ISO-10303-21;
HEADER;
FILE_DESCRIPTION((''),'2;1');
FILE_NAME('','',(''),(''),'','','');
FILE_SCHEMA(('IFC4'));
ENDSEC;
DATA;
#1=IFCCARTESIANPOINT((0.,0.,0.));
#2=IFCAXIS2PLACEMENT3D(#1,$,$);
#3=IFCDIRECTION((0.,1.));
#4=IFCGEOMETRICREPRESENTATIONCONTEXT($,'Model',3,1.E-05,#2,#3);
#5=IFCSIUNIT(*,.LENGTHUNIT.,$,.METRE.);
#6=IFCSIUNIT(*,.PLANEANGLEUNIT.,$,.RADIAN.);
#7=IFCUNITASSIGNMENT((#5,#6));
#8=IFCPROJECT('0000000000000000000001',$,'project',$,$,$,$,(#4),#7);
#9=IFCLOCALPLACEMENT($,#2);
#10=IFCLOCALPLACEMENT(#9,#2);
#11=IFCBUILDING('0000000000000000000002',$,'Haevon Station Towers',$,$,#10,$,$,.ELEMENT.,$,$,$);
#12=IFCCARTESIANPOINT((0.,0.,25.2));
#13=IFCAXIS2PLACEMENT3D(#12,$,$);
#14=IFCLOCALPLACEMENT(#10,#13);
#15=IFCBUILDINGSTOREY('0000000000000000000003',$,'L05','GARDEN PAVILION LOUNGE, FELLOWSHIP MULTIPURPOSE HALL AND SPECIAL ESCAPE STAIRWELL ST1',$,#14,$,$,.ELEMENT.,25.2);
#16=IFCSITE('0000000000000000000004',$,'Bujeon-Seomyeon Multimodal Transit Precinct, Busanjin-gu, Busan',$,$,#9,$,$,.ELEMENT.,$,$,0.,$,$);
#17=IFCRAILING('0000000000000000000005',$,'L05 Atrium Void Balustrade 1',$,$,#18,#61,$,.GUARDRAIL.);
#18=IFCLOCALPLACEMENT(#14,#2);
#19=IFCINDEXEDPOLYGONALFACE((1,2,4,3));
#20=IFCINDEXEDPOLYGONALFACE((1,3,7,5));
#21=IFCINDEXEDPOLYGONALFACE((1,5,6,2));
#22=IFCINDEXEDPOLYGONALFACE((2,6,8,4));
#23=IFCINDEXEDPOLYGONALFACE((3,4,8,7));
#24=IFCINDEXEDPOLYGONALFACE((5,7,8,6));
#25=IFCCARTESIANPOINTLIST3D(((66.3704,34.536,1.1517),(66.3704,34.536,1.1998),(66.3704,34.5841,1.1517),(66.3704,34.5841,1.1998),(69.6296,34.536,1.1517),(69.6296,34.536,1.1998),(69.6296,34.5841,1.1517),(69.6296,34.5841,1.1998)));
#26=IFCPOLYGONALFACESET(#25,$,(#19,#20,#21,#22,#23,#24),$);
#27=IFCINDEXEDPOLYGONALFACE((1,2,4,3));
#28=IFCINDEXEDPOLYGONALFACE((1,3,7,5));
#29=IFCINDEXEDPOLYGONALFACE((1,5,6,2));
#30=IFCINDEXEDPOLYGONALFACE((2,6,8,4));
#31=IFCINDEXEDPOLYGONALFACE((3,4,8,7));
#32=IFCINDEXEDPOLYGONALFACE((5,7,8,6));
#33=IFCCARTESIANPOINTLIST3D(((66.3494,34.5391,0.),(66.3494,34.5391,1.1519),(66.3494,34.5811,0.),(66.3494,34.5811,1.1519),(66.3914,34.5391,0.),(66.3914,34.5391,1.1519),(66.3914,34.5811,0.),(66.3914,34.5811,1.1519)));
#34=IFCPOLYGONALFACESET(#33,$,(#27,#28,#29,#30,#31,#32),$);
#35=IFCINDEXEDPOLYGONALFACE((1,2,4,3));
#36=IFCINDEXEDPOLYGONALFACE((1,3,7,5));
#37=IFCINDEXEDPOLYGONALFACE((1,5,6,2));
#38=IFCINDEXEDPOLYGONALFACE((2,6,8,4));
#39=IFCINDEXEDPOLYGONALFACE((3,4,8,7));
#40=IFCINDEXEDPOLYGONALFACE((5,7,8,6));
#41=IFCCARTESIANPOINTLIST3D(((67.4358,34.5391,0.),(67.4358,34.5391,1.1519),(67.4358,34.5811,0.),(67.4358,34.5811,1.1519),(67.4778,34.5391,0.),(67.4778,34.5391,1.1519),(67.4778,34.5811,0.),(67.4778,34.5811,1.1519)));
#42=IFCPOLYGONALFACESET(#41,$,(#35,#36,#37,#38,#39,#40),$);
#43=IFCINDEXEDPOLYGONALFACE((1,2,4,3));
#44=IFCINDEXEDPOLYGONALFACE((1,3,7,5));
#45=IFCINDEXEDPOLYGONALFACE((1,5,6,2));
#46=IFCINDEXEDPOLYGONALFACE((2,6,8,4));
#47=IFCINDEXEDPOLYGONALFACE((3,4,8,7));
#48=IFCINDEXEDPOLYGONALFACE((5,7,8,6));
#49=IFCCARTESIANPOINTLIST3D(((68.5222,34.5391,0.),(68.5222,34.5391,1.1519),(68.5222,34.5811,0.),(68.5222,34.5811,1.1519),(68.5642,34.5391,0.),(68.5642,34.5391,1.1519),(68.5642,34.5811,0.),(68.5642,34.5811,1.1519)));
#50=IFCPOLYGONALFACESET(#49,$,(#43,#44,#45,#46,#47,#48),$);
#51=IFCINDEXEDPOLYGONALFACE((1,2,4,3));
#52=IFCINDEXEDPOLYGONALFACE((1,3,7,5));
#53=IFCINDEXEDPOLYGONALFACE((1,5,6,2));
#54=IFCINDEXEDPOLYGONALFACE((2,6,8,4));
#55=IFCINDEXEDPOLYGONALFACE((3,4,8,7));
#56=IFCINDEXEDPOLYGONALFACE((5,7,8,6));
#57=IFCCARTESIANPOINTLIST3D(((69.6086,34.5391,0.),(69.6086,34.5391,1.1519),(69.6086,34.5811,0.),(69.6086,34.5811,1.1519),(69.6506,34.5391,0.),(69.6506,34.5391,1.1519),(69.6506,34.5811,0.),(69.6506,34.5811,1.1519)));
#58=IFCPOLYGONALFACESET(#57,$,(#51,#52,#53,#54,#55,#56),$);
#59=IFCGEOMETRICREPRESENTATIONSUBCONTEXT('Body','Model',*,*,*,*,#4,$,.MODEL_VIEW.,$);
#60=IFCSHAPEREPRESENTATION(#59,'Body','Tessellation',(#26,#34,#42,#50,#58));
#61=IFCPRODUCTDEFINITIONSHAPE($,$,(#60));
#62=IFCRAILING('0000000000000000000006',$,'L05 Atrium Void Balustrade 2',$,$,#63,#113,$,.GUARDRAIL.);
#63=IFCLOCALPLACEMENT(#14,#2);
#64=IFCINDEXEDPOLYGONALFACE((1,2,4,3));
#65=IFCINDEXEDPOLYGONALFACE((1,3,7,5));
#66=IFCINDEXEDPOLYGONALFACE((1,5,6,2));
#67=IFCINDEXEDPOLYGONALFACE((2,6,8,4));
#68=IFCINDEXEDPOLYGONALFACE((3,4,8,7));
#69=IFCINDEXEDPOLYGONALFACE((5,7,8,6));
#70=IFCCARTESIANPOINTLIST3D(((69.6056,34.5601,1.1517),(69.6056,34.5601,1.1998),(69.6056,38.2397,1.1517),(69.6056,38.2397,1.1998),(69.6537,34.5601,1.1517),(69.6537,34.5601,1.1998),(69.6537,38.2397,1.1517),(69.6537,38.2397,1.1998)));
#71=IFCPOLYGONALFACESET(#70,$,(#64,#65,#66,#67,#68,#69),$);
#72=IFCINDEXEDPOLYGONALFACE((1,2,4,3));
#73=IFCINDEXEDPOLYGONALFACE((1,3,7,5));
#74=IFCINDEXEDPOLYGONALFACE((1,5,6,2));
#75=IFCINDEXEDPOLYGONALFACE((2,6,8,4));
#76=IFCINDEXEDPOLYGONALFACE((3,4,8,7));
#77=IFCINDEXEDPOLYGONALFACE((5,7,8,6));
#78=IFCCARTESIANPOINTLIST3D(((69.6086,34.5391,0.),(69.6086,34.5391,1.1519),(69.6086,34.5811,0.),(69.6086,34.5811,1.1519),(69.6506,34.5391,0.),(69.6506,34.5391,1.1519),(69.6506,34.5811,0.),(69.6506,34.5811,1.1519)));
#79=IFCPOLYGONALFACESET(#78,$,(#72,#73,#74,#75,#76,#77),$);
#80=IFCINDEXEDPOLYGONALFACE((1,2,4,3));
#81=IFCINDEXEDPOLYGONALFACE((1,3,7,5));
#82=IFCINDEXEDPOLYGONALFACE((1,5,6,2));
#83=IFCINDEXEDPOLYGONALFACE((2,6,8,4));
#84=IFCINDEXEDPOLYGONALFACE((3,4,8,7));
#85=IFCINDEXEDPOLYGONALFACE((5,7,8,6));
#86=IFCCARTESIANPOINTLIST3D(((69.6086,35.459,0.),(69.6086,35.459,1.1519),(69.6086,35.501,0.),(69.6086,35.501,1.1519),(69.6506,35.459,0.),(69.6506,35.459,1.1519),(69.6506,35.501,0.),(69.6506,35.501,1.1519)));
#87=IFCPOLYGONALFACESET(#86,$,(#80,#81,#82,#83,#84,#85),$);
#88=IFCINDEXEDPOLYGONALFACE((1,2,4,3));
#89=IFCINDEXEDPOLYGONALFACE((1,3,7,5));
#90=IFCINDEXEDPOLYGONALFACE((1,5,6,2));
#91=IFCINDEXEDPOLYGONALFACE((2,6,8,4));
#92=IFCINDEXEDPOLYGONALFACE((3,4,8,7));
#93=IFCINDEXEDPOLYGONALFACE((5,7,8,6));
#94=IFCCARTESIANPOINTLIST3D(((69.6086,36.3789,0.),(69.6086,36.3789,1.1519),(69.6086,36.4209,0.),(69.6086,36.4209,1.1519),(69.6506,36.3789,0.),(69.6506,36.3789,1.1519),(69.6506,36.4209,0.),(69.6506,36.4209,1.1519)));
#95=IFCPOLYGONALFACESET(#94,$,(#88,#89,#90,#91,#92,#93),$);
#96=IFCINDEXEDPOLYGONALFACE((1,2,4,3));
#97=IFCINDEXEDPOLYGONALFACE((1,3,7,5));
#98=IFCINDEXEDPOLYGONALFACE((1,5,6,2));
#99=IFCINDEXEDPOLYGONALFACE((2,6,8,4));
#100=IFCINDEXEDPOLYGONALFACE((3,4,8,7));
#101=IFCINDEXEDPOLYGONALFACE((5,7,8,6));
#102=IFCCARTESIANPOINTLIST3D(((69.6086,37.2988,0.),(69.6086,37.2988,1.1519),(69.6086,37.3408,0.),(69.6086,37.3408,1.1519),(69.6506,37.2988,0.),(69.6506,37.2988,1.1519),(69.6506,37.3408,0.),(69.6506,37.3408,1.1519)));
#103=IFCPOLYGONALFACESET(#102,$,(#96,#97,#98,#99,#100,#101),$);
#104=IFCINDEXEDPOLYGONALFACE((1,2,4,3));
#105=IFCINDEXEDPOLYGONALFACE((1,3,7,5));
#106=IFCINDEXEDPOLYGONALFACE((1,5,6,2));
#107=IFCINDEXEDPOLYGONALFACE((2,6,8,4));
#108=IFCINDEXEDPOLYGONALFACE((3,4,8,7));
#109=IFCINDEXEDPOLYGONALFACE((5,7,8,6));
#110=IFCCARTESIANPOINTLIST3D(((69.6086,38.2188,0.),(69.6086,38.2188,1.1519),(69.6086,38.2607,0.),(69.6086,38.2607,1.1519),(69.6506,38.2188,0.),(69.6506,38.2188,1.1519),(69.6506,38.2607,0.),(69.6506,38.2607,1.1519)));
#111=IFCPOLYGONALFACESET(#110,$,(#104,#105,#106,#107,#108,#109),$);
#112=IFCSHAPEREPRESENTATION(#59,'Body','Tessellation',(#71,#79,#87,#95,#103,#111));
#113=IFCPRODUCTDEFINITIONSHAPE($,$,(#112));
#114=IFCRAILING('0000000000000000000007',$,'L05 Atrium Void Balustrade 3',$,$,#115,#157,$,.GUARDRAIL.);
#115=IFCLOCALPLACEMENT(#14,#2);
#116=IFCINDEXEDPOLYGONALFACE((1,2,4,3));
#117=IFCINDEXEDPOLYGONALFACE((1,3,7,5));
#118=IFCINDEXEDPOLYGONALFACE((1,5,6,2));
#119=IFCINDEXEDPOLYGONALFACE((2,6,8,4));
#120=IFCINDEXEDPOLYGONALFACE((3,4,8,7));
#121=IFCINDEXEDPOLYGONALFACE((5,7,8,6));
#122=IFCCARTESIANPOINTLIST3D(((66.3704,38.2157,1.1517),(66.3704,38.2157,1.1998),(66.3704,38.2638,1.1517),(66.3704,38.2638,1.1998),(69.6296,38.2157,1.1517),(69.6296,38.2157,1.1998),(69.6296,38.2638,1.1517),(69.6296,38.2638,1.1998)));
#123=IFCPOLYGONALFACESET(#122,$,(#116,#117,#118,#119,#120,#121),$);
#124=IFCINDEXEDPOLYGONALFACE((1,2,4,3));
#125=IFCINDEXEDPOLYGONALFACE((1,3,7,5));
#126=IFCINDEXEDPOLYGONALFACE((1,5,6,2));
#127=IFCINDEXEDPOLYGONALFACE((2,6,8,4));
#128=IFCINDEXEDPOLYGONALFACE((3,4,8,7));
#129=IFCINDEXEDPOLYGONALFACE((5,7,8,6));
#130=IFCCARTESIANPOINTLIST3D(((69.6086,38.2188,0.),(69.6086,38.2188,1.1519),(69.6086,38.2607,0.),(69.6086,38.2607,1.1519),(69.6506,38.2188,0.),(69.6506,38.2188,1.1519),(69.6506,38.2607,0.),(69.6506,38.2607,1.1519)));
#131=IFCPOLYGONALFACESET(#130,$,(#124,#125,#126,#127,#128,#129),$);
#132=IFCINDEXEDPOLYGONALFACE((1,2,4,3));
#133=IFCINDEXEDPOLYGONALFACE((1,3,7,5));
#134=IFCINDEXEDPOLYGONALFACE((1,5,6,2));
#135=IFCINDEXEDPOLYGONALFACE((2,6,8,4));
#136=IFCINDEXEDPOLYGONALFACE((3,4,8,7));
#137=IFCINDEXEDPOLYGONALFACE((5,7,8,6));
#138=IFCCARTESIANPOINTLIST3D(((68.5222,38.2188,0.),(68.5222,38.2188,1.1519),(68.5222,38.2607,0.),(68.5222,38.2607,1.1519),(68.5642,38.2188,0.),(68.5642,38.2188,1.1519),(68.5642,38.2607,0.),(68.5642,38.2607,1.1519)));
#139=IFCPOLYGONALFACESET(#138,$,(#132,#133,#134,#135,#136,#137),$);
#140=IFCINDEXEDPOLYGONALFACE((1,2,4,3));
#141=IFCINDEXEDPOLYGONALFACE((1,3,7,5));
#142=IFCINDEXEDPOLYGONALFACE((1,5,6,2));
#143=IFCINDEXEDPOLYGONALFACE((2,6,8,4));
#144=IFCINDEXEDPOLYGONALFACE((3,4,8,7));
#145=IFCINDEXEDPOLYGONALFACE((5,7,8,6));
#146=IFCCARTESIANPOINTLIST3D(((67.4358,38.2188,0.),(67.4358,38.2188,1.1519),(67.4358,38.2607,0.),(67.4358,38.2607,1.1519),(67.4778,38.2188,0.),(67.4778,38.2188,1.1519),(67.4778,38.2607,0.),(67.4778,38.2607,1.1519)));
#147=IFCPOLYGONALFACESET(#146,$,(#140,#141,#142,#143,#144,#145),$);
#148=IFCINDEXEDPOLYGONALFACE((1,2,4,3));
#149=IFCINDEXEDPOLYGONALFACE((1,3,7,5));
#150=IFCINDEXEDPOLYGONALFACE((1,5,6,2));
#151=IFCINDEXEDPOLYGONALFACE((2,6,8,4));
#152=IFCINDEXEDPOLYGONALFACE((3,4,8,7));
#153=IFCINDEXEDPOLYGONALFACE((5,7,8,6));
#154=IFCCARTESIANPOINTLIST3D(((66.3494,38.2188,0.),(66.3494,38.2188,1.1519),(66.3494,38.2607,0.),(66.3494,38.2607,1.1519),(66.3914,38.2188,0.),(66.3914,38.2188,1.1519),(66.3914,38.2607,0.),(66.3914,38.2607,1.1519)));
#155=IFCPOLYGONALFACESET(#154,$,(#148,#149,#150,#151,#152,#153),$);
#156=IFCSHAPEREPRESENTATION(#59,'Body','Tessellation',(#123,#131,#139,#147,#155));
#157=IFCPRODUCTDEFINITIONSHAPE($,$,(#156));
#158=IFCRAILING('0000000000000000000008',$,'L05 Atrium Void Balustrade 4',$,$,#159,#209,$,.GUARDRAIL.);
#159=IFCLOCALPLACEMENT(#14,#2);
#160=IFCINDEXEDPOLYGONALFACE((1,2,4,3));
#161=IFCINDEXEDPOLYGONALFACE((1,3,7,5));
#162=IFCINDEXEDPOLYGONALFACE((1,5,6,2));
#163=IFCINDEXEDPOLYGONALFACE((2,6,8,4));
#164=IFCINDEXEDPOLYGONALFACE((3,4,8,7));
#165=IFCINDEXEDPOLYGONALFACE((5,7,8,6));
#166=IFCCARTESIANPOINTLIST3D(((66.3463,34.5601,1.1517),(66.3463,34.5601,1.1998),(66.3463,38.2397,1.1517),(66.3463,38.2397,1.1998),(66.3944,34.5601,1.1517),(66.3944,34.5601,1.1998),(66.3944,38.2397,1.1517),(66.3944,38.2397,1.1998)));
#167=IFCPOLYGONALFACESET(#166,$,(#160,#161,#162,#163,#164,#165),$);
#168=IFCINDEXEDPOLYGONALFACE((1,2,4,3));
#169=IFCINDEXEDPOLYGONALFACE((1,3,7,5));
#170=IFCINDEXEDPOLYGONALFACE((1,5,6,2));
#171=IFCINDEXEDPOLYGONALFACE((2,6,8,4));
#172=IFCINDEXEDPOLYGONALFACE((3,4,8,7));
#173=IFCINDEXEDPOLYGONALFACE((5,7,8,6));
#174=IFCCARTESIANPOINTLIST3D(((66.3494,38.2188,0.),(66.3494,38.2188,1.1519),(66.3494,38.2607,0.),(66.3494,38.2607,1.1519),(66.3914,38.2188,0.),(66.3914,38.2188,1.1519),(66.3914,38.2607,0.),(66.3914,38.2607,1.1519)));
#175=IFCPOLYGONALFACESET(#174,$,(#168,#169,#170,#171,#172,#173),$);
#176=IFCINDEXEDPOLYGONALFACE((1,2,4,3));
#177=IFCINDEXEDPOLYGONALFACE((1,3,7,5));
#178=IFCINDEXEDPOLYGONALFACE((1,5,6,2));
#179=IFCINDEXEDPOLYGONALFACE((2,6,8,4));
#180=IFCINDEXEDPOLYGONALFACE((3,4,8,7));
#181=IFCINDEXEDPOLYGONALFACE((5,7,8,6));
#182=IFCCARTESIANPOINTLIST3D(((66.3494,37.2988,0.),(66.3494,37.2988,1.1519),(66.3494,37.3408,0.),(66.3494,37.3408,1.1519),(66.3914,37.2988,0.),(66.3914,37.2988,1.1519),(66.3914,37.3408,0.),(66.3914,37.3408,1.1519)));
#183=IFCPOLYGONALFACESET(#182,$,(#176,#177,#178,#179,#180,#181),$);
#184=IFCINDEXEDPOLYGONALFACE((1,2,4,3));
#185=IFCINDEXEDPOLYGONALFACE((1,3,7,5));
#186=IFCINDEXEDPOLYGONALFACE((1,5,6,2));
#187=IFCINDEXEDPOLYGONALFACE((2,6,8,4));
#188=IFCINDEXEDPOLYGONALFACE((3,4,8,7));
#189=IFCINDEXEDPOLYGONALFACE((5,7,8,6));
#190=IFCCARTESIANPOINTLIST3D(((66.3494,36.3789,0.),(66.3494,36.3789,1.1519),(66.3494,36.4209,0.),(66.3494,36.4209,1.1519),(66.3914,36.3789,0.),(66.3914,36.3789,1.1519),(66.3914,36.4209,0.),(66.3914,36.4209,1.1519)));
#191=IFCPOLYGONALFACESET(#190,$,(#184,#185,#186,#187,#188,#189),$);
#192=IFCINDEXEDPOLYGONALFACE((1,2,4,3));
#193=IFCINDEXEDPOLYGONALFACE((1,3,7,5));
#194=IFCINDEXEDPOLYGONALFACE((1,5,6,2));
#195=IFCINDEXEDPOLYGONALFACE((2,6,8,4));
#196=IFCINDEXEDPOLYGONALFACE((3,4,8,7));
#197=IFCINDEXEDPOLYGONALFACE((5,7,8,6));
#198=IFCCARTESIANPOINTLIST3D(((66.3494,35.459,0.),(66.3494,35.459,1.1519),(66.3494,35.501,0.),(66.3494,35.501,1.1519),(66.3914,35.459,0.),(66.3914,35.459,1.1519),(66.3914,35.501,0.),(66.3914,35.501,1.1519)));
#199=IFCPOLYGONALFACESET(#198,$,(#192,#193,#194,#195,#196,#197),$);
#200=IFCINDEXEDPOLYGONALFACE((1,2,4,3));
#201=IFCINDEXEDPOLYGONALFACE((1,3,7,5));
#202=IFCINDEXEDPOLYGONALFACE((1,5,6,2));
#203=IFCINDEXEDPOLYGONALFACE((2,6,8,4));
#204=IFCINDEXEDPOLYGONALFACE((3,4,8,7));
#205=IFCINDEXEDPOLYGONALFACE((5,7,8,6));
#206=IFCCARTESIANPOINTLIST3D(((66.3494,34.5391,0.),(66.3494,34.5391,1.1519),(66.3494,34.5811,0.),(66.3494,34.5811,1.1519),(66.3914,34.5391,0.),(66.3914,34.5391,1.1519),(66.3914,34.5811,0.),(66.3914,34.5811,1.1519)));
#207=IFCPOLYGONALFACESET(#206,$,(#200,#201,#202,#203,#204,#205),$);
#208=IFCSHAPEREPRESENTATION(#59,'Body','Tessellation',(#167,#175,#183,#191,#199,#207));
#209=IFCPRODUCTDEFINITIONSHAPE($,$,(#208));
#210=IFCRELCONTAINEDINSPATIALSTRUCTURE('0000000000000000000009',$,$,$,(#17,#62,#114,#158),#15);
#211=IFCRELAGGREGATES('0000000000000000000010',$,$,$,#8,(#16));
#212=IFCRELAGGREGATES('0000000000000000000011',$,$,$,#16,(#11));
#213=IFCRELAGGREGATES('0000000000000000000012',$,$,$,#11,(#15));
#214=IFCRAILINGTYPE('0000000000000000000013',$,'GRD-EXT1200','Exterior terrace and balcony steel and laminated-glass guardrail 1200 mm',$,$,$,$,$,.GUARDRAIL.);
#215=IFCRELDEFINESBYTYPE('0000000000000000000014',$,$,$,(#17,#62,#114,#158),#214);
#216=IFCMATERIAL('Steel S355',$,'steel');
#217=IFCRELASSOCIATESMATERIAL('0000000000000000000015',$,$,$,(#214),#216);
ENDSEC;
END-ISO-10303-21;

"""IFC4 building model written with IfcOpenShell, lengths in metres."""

from ifc_helpers import new_model, si_unit, direction, frame, origin, origin_2d, place, context, subcontext, project, spatial, rectangle, extrude, material, type_object, element, save


model = new_model("IFC4")

# Units and contexts
model_context = context("Model", 3, precision=1e-05, world=origin(), true_north=direction((0.0, 1.0)))
body_context = subcontext(model_context, "Body", "Model", "MODEL_VIEW")
ifc_project = project(units=[si_unit("LENGTHUNIT", "METRE"), si_unit("PLANEANGLEUNIT", "RADIAN")], contexts=[model_context])

# Site, building, storey
site_placement = place(None, origin())
site = spatial("IfcSite", under=ifc_project, at=site_placement, Name="Bujeon-Seomyeon Multimodal Transit Precinct, Busanjin-gu, Busan", CompositionType="ELEMENT", RefElevation=0.0)
building_placement = place(site_placement, origin())
building = spatial("IfcBuilding", under=site, at=building_placement, Name="Haevon Station Towers", CompositionType="ELEMENT")
storey_placement = place(building_placement, frame((0.0, 0.0, 25.2)))
storey = spatial("IfcBuildingStorey", under=building, at=storey_placement, Name="L05", Description="GARDEN PAVILION LOUNGE, FELLOWSHIP MULTIPURPOSE HALL AND SPECIAL ESCAPE STAIRWELL ST1", CompositionType="ELEMENT", Elevation=25.2)

# Shared definitions
ifc_material_1 = material(Name="Steel S355", Category="steel")

# Railings
railing_type = type_object("IfcRailingType", Name="GRD-EXT1200", Description="Exterior terrace and balcony steel and laminated-glass guardrail 1200 mm", PredefinedType="GUARDRAIL", material=ifc_material_1)
railing_1_placement = place(storey_placement, frame((66.3704, 34.5601, 0.0)))
element("IfcRailing", 1, at=railing_1_placement, inside=storey, type_object=railing_type, Name="L05 Atrium Void Balustrade 1", PredefinedType="GUARDRAIL", context=body_context, shape_type="SweptSolid", body=[
    extrude(rectangle(XDim=0.0481, YDim=0.0481, at=origin_2d()), frame((0.0, 0.0, 1.1758), z_axis=(1.0, 0.0, 0.0), x_axis=(0.0, 1.0, 0.0)), (0.0, 0.0, 1.0), 3.2593),
    extrude(rectangle(XDim=0.042, YDim=0.042, at=origin_2d()), origin(), (0.0, 0.0, 1.0), 1.1519),
    extrude(rectangle(XDim=0.042, YDim=0.042, at=origin_2d()), frame((1.0864, 0.0, 0.0)), (0.0, 0.0, 1.0), 1.1519),
    extrude(rectangle(XDim=0.042, YDim=0.042, at=origin_2d()), frame((2.1729, 0.0, 0.0)), (0.0, 0.0, 1.0), 1.1519),
    extrude(rectangle(XDim=0.042, YDim=0.042, at=origin_2d()), frame((3.2593, 0.0, 0.0)), (0.0, 0.0, 1.0), 1.1519),
])
railing_2_placement = place(storey_placement, frame((69.6296, 34.5601, 0.0)))
element("IfcRailing", 2, at=railing_2_placement, inside=storey, type_object=railing_type, Name="L05 Atrium Void Balustrade 2", PredefinedType="GUARDRAIL", context=body_context, shape_type="SweptSolid", body=[
    extrude(rectangle(XDim=0.0481, YDim=0.0481, at=origin_2d()), frame((0.0, 0.0, 1.1758), z_axis=(0.0, 1.0, 0.0), x_axis=(-1.0, 0.0, 0.0)), (0.0, 0.0, 1.0), 3.6797),
    extrude(rectangle(XDim=0.042, YDim=0.042, at=origin_2d()), origin(), (0.0, 0.0, 1.0), 1.1519),
    extrude(rectangle(XDim=0.042, YDim=0.042, at=origin_2d()), frame((0.0, 0.9199, 0.0)), (0.0, 0.0, 1.0), 1.1519),
    extrude(rectangle(XDim=0.042, YDim=0.042, at=origin_2d()), frame((0.0, 1.8398, 0.0)), (0.0, 0.0, 1.0), 1.1519),
    extrude(rectangle(XDim=0.042, YDim=0.042, at=origin_2d()), frame((0.0, 2.7598, 0.0)), (0.0, 0.0, 1.0), 1.1519),
    extrude(rectangle(XDim=0.042, YDim=0.042, at=origin_2d()), frame((0.0, 3.6797, 0.0)), (0.0, 0.0, 1.0), 1.1519),
])
railing_3_placement = place(storey_placement, frame((69.6296, 38.2397, 0.0)))
element("IfcRailing", 3, at=railing_3_placement, inside=storey, type_object=railing_type, Name="L05 Atrium Void Balustrade 3", PredefinedType="GUARDRAIL", context=body_context, shape_type="SweptSolid", body=[
    extrude(rectangle(XDim=0.0481, YDim=0.0481, at=origin_2d()), frame((0.0, 0.0, 1.1758), z_axis=(-1.0, 0.0, 0.0), x_axis=(0.0, -1.0, 0.0)), (0.0, 0.0, 1.0), 3.2593),
    extrude(rectangle(XDim=0.042, YDim=0.042, at=origin_2d()), origin(), (0.0, 0.0, 1.0), 1.1519),
    extrude(rectangle(XDim=0.042, YDim=0.042, at=origin_2d()), frame((-1.0864, 0.0, 0.0)), (0.0, 0.0, 1.0), 1.1519),
    extrude(rectangle(XDim=0.042, YDim=0.042, at=origin_2d()), frame((-2.1729, 0.0, 0.0)), (0.0, 0.0, 1.0), 1.1519),
    extrude(rectangle(XDim=0.042, YDim=0.042, at=origin_2d()), frame((-3.2593, 0.0, 0.0)), (0.0, 0.0, 1.0), 1.1519),
])
railing_4_placement = place(storey_placement, frame((66.3704, 38.2397, 0.0)))
element("IfcRailing", 4, at=railing_4_placement, inside=storey, type_object=railing_type, Name="L05 Atrium Void Balustrade 4", PredefinedType="GUARDRAIL", context=body_context, shape_type="SweptSolid", body=[
    extrude(rectangle(XDim=0.0481, YDim=0.0481, at=origin_2d()), frame((0.0, 0.0, 1.1758), z_axis=(0.0, -1.0, 0.0), x_axis=(1.0, 0.0, 0.0)), (0.0, 0.0, 1.0), 3.6797),
    extrude(rectangle(XDim=0.042, YDim=0.042, at=origin_2d()), origin(), (0.0, 0.0, 1.0), 1.1519),
    extrude(rectangle(XDim=0.042, YDim=0.042, at=origin_2d()), frame((0.0, -0.9199, 0.0)), (0.0, 0.0, 1.0), 1.1519),
    extrude(rectangle(XDim=0.042, YDim=0.042, at=origin_2d()), frame((0.0, -1.8398, 0.0)), (0.0, 0.0, 1.0), 1.1519),
    extrude(rectangle(XDim=0.042, YDim=0.042, at=origin_2d()), frame((0.0, -2.7598, 0.0)), (0.0, 0.0, 1.0), 1.1519),
    extrude(rectangle(XDim=0.042, YDim=0.042, at=origin_2d()), frame((0.0, -3.6797, 0.0)), (0.0, 0.0, 1.0), 1.1519),
])

save(model, "model.ifc")
